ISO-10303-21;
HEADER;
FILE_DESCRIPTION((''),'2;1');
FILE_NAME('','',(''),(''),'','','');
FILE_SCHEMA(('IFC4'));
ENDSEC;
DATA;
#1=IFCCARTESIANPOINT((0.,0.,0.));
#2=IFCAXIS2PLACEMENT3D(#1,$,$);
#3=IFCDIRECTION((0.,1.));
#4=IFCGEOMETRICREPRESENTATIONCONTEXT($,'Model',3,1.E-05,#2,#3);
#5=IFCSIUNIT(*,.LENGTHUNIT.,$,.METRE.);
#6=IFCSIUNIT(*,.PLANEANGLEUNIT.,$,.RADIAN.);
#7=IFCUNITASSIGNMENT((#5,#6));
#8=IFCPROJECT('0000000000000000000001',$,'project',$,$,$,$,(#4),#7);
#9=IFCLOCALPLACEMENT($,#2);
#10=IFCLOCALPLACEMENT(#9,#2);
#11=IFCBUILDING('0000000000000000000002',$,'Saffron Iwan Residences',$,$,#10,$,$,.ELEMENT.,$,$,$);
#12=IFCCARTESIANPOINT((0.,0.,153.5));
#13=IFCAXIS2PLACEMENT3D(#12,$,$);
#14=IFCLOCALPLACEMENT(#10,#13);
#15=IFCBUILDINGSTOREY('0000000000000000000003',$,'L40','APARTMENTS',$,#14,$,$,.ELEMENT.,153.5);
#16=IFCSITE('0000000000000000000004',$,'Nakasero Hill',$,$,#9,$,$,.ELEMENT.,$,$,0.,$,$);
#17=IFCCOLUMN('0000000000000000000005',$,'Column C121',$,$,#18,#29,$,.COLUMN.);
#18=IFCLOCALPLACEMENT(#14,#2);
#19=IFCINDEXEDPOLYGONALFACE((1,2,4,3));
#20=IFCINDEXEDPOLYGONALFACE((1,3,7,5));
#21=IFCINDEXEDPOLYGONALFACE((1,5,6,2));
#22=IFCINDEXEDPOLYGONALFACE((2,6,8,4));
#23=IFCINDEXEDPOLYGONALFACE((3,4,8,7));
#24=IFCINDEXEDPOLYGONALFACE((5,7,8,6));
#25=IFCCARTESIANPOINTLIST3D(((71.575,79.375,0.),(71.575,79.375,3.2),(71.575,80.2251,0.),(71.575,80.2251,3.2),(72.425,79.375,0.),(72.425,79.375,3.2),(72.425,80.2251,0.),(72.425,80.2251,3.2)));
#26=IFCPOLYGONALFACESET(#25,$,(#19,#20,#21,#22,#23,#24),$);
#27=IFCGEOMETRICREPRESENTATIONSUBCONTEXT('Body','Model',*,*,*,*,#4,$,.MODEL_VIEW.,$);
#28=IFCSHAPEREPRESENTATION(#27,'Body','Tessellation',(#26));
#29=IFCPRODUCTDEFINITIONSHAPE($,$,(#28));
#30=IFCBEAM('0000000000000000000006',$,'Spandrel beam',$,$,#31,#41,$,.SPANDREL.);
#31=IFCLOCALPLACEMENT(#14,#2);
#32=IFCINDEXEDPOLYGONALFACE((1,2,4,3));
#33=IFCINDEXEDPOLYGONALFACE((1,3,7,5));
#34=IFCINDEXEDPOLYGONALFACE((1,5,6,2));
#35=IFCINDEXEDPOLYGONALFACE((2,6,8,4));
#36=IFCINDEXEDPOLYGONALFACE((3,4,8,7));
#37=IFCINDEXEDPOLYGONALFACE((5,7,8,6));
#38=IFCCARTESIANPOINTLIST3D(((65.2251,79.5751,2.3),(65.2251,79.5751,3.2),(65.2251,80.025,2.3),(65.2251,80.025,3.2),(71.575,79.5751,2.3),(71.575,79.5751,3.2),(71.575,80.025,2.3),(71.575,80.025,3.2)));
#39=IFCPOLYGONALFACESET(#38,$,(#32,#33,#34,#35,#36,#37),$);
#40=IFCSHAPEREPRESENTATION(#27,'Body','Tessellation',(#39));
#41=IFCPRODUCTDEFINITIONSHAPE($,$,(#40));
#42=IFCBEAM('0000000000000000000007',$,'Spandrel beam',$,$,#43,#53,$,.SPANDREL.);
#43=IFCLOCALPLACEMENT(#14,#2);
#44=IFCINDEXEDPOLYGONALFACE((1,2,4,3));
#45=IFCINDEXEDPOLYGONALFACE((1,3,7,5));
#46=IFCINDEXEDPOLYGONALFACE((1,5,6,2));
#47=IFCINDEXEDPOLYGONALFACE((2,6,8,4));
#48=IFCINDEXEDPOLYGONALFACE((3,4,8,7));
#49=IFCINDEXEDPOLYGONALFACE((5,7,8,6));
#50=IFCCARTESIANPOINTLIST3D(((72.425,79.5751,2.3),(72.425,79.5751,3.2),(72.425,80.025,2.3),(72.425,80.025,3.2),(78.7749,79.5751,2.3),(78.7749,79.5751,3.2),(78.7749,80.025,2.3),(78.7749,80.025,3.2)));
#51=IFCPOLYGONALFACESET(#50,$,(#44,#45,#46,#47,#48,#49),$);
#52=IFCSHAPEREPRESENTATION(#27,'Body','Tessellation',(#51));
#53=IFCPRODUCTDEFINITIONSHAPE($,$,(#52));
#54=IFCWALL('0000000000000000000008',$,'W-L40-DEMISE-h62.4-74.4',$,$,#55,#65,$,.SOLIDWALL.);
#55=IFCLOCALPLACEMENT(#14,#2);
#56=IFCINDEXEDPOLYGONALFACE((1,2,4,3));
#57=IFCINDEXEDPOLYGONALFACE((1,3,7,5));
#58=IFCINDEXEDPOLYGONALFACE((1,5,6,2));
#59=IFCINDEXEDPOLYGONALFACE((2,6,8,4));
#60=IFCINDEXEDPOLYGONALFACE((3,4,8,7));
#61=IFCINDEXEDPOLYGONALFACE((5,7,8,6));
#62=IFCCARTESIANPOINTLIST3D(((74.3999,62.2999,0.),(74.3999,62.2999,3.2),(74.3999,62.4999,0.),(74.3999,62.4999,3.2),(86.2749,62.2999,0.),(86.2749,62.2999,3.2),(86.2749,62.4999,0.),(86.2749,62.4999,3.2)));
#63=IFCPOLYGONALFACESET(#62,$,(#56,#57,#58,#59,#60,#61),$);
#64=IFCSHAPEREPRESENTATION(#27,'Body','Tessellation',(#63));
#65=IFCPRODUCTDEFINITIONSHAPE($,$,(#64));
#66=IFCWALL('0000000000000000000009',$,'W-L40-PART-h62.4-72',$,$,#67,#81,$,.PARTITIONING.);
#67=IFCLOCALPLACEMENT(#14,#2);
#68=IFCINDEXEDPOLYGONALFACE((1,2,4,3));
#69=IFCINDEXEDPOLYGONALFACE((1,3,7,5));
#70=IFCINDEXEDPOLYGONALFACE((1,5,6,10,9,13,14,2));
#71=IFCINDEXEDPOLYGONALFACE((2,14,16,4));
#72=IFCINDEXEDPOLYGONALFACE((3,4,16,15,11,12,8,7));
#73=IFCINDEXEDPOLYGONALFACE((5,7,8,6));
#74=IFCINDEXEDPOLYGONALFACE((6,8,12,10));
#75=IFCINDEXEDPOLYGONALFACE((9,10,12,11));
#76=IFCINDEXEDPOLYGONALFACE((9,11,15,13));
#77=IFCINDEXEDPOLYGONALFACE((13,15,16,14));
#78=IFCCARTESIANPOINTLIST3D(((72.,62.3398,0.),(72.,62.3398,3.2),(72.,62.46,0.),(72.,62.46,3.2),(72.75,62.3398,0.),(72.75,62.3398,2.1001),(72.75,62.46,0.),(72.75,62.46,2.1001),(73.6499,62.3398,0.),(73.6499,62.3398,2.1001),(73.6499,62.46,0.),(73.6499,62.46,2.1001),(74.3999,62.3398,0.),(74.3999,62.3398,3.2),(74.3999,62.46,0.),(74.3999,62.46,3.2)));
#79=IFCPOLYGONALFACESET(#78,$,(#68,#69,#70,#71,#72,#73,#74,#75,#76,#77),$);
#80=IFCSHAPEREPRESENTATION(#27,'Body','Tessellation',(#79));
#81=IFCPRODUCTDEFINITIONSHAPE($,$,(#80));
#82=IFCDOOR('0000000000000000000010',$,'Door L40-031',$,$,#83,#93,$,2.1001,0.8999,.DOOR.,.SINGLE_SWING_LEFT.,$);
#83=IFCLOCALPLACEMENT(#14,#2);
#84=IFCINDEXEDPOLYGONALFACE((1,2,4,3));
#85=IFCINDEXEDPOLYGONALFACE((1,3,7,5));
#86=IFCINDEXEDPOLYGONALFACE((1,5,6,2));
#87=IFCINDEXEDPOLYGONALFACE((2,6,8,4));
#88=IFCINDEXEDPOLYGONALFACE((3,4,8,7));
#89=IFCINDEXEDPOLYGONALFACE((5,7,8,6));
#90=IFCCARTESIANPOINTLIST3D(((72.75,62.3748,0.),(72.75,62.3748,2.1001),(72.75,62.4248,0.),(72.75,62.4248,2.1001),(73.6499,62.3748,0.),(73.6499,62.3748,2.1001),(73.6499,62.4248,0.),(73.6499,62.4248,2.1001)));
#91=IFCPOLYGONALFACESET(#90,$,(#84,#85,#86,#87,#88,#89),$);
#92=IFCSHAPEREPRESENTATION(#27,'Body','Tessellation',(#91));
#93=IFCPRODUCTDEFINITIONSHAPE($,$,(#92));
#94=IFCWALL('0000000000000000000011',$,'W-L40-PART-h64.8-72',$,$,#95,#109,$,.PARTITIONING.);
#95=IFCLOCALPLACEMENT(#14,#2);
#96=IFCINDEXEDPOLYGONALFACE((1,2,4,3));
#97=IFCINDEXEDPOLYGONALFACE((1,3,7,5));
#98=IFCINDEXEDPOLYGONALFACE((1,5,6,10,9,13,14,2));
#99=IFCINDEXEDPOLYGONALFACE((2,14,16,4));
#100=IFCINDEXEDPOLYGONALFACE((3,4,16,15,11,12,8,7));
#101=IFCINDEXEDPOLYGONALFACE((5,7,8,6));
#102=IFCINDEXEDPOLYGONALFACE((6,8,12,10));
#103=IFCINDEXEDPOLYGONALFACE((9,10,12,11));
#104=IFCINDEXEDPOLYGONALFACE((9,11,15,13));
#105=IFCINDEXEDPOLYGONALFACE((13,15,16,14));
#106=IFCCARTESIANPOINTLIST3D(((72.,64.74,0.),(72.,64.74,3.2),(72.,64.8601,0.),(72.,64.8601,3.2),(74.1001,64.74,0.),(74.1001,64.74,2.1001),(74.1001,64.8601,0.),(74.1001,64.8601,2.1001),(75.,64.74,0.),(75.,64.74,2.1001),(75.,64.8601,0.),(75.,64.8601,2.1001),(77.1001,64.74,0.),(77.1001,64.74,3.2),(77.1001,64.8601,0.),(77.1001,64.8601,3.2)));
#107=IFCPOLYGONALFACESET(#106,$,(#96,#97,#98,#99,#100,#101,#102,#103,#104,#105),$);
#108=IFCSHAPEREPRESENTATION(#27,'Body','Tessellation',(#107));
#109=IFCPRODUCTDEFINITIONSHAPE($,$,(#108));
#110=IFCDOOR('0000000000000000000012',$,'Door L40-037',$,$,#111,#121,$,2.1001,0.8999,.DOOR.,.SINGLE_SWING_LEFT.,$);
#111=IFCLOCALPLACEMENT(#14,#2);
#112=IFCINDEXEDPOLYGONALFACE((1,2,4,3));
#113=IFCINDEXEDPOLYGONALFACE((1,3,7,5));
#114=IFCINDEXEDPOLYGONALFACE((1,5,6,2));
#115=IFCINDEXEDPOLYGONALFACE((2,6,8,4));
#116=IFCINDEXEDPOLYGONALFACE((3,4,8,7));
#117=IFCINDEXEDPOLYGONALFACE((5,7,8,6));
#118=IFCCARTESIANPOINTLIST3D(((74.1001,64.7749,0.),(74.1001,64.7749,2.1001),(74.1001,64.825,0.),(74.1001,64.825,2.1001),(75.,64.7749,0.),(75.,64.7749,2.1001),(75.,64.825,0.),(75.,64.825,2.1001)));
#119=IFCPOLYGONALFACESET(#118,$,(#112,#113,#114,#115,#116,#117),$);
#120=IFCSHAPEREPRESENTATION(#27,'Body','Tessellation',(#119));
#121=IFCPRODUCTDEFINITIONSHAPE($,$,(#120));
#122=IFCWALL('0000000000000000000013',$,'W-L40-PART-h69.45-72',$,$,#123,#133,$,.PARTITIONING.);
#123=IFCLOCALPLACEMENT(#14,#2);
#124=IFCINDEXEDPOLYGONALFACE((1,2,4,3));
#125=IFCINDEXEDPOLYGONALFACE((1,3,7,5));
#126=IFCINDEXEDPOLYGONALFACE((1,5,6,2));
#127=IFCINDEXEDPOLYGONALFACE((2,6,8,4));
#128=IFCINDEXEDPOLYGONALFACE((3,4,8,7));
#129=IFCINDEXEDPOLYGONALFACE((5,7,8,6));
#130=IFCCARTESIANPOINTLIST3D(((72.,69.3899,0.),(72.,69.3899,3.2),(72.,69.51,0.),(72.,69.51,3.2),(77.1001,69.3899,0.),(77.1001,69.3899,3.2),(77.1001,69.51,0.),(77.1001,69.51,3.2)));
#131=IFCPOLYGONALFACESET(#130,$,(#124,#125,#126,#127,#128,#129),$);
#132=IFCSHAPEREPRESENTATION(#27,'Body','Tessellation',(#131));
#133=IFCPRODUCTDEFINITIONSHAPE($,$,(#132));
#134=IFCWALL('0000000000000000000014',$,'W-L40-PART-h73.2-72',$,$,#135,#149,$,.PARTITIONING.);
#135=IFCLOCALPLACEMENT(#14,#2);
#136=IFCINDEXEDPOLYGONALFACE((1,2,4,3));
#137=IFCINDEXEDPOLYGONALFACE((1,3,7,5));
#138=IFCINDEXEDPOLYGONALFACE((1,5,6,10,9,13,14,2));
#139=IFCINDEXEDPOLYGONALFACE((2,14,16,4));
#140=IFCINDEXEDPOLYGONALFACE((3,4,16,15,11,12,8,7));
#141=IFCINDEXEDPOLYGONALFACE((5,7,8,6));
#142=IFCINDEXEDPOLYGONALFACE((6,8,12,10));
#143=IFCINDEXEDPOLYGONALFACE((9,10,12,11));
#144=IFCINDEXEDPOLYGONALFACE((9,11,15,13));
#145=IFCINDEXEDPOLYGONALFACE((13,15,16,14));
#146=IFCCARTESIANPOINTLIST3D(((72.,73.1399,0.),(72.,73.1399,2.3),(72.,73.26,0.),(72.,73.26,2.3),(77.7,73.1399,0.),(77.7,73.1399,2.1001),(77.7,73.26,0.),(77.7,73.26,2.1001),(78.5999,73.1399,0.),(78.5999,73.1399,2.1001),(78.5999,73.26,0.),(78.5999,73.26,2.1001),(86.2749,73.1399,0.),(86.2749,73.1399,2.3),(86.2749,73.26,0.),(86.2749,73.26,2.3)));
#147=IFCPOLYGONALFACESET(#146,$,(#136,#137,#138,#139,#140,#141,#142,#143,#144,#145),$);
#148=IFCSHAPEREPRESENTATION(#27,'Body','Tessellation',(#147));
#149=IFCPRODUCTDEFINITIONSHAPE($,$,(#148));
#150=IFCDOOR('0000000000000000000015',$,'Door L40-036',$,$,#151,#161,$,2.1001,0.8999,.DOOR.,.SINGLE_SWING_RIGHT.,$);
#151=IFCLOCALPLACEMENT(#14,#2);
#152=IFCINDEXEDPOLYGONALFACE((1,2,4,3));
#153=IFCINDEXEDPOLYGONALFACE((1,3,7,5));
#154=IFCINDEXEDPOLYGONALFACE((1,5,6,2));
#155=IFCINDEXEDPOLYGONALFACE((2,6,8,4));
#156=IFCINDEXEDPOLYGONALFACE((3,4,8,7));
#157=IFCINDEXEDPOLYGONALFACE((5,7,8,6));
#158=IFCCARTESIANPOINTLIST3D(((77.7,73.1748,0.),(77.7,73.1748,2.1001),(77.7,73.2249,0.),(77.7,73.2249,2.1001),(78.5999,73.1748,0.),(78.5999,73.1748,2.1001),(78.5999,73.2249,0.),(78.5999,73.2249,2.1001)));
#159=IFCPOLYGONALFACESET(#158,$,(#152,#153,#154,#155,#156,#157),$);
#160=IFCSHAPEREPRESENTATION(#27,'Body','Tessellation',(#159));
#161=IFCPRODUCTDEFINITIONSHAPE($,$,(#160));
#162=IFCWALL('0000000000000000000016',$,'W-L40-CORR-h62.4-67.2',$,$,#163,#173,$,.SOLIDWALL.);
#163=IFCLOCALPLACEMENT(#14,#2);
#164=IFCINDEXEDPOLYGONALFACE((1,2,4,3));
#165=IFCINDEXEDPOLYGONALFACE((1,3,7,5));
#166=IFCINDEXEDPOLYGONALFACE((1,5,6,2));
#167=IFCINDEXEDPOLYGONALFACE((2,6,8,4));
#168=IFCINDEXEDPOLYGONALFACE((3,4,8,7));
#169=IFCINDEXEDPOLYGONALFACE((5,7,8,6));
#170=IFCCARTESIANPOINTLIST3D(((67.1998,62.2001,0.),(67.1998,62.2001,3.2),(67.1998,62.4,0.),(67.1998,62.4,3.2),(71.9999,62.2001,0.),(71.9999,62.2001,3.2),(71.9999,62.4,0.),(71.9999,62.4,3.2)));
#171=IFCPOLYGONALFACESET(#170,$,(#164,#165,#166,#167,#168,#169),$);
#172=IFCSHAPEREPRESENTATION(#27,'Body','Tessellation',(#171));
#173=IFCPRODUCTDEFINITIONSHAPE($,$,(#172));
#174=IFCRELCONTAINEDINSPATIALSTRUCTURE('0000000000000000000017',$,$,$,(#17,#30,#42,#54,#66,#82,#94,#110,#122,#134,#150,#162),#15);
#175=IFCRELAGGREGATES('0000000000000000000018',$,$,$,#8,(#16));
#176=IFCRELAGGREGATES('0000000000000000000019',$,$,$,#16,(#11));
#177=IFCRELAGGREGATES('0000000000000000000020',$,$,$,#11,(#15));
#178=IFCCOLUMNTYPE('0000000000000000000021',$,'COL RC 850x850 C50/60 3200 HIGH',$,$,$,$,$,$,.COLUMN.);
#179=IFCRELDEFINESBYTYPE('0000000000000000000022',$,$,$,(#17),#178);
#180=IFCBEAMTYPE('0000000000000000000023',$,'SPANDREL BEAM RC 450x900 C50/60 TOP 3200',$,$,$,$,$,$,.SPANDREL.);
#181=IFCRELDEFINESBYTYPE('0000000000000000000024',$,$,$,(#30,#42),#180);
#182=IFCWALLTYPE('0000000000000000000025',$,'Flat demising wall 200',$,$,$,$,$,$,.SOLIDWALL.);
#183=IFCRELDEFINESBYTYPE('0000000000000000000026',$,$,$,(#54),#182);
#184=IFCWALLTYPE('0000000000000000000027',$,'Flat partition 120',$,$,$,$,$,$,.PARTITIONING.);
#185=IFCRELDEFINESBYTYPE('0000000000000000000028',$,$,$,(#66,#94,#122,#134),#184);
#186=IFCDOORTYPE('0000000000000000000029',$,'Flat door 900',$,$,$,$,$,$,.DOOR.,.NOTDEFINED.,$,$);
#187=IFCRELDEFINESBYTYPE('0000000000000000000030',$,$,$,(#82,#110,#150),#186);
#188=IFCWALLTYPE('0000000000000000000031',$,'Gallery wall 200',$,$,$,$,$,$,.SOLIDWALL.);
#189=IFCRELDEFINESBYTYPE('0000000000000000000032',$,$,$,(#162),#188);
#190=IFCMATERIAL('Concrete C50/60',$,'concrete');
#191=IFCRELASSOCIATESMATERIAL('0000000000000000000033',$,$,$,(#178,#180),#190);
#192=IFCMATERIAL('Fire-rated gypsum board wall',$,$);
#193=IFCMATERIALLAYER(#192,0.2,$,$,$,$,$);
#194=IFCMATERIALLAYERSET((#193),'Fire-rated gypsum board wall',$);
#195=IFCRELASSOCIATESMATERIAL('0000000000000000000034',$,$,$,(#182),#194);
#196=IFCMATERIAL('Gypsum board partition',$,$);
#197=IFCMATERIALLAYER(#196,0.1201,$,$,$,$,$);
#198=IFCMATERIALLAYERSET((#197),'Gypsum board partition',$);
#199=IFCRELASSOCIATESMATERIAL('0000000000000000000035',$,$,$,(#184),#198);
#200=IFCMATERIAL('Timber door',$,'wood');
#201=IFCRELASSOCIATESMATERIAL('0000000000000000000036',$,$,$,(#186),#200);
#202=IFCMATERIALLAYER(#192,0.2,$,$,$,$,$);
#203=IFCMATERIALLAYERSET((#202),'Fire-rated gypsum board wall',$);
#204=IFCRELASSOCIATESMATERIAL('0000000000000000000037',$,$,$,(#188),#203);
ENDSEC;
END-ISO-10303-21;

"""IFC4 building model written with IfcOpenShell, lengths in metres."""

from ifc_helpers import new_model, si_unit, direction, frame, frame_2d, origin, origin_2d, place, context, subcontext, project, spatial, rectangle, extrude, source, transform, mapped, material, layer, layer_set, material_profile, profile_set, type_object, element, fill, save


model = new_model("IFC4")

# Units and contexts
model_context = context("Model", 3, precision=1e-05, world=origin(), true_north=direction((0.0, 1.0)))
body_context = subcontext(model_context, "Body", "Model", "MODEL_VIEW")
ifc_project = project(units=[si_unit("LENGTHUNIT", "METRE"), si_unit("PLANEANGLEUNIT", "RADIAN")], contexts=[model_context])

# Site, building, storey
site_placement = place(None, origin())
site = spatial("IfcSite", under=ifc_project, at=site_placement, Name="Nakasero Hill", CompositionType="ELEMENT", RefElevation=0.0)
building_placement = place(site_placement, origin())
building = spatial("IfcBuilding", under=site, at=building_placement, Name="Saffron Iwan Residences", CompositionType="ELEMENT")
storey_placement = place(building_placement, frame((0.0, 0.0, 153.5)))
storey = spatial("IfcBuildingStorey", under=building, at=storey_placement, Name="L40", Description="APARTMENTS", CompositionType="ELEMENT", Elevation=153.5)

# Column
ifc_material_1 = material(Name="Concrete C50/60", Category="concrete")
ifc_material_profile_1 = material_profile(ifc_material_1, rectangle(XDim=0.8501, YDim=0.8501, at=origin_2d()), Name="RC 850x850")
ifc_profile_set_1 = profile_set([ifc_material_profile_1], Name="Concrete C50/60")
column_type = type_object("IfcColumnType", Name="COL RC 850x850 C50/60 3200 HIGH", PredefinedType="COLUMN", material=ifc_profile_set_1)
shared_shape_1 = source(origin(), body_context, "Body", "SweptSolid", [
    extrude(rectangle(XDim=0.8501, YDim=0.8501, at=origin_2d()), origin(), (0.0, 0.0, 1.0), 3.2),
])
column_placement = place(storey_placement, frame((72.0, 79.8, 0.0), z_axis=(0.0, 0.0, 1.0), x_axis=(1.0, 0.0, 0.0)))
element("IfcColumn", 1, at=column_placement, inside=storey, type_object=column_type, Name="Column C121", PredefinedType="COLUMN", context=body_context, shape_type="MappedRepresentation", body=[
    mapped(shared_shape_1, transform((0.0, 0.0, 0.0))),
])

# Beams
ifc_material_profile_2 = material_profile(ifc_material_1, rectangle(XDim=0.45, YDim=0.8999, at=origin_2d()), Name="RC 450x900")
ifc_profile_set_2 = profile_set([ifc_material_profile_2], Name="Concrete C50/60")
beam_type = type_object("IfcBeamType", Name="SPANDREL BEAM RC 450x900 C50/60 TOP 3200", PredefinedType="SPANDREL", material=ifc_profile_set_2)
shared_shape_2 = source(origin(), body_context, "Body", "SweptSolid", [
    extrude(rectangle(XDim=0.45, YDim=0.8999, at=origin_2d()), origin(), (0.0, 0.0, 1.0), 6.3499),
])
for number, where, z_axis, x_axis, name in (
    (2, (65.2251, 79.8, 2.75), (1.0, 0.0, 0.0), (0.0, 1.0, 0.0), "Spandrel beam"),
    (3, (72.425, 79.8, 2.75), (1.0, 0.0, 0.0), (0.0, 1.0, 0.0), "Spandrel beam"),
):
    element("IfcBeam", number, at=place(storey_placement, frame(where, z_axis=z_axis, x_axis=x_axis)), inside=storey, type_object=beam_type, Name=name, PredefinedType="SPANDREL", context=body_context, shape_type="MappedRepresentation", body=[
        mapped(shared_shape_2, transform((0.0, 0.0, 0.0))),
    ])

# Wall
ifc_material_2 = material(Name="Fire-rated gypsum board wall")
ifc_layer_1 = layer(ifc_material_2, 0.2)
ifc_layer_set_1 = layer_set([ifc_layer_1], Name="Fire-rated gypsum board wall")
wall_type_1 = type_object("IfcWallType", Name="Flat demising wall 200", PredefinedType="SOLIDWALL", material=ifc_layer_set_1)
wall_1_placement = place(storey_placement, frame((74.3999, 62.3999, 0.0), z_axis=(0.0, 0.0, 1.0), x_axis=(1.0, 0.0, 0.0)))
element("IfcWall", 4, at=wall_1_placement, inside=storey, type_object=wall_type_1, Name="W-L40-DEMISE-h62.4-74.4", PredefinedType="SOLIDWALL", context=body_context, shape_type="SweptSolid", body=[
    extrude(rectangle(XDim=11.875, YDim=0.2, at=frame_2d((5.9375, 0.0))), origin(), (0.0, 0.0, 1.0), 3.2),
])

# Walls, openings, doors
ifc_material_3 = material(Name="Gypsum board partition")
ifc_layer_2 = layer(ifc_material_3, 0.1201)
ifc_layer_set_2 = layer_set([ifc_layer_2], Name="Gypsum board partition")
wall_type_2 = type_object("IfcWallType", Name="Flat partition 120", PredefinedType="PARTITIONING", material=ifc_layer_set_2)
wall_2_placement = place(storey_placement, frame((72.0, 62.3999, 0.0), z_axis=(0.0, 0.0, 1.0), x_axis=(1.0, 0.0, 0.0)))
wall_2 = element("IfcWall", 5, at=wall_2_placement, inside=storey, type_object=wall_type_2, Name="W-L40-PART-h62.4-72", PredefinedType="PARTITIONING", context=body_context, shape_type="SweptSolid", body=[
    extrude(rectangle(XDim=2.3999, YDim=0.1201, at=frame_2d((1.2, 0.0))), origin(), (0.0, 0.0, 1.0), 3.2),
])
opening_1_placement = place(wall_2_placement, frame((0.75, 0.0, 0.0)))
opening_1 = element("IfcOpeningElement", 6, at=opening_1_placement, cuts=wall_2, PredefinedType="OPENING", context=body_context, shape_type="SweptSolid", body=[
    extrude(rectangle(XDim=0.8999, YDim=2.1001, at=frame_2d((0.45, 1.05))), frame((0.0, 0.0701, 0.0), z_axis=(0.0, -1.0, 0.0), x_axis=(1.0, 0.0, 0.0)), (0.0, 0.0, 1.0), 0.1401),
])
ifc_material_4 = material(Name="Timber door", Category="wood")
door_type_1 = type_object("IfcDoorType", Name="Flat door 900", OperationType="NOTDEFINED", PredefinedType="DOOR", material=ifc_material_4)
door_1_placement = place(opening_1_placement, origin())
door_1 = element("IfcDoor", 7, at=door_1_placement, inside=storey, type_object=door_type_1, Name="Door L40-031", OperationType="SINGLE_SWING_LEFT", OverallHeight=2.1001, OverallWidth=0.8999, PredefinedType="DOOR", context=body_context, shape_type="SweptSolid", body=[
    extrude(rectangle(XDim=0.8999, YDim=2.1001, at=frame_2d((0.45, 1.05))), frame((0.0, 0.0249, 0.0), z_axis=(0.0, -1.0, 0.0), x_axis=(1.0, 0.0, 0.0)), (0.0, 0.0, 1.0), 0.05),
])
fill(opening_1, door_1)
wall_3_placement = place(storey_placement, frame((72.0, 64.8, 0.0), z_axis=(0.0, 0.0, 1.0), x_axis=(1.0, 0.0, 0.0)))
wall_3 = element("IfcWall", 8, at=wall_3_placement, inside=storey, type_object=wall_type_2, Name="W-L40-PART-h64.8-72", PredefinedType="PARTITIONING", context=body_context, shape_type="SweptSolid", body=[
    extrude(rectangle(XDim=5.1001, YDim=0.1201, at=frame_2d((2.55, 0.0))), origin(), (0.0, 0.0, 1.0), 3.2),
])
opening_2_placement = place(wall_3_placement, frame((2.1001, 0.0, 0.0)))
opening_2 = element("IfcOpeningElement", 9, at=opening_2_placement, cuts=wall_3, PredefinedType="OPENING", context=body_context, shape_type="SweptSolid", body=[
    extrude(rectangle(XDim=0.8999, YDim=2.1001, at=frame_2d((0.45, 1.05))), frame((0.0, 0.0701, 0.0), z_axis=(0.0, -1.0, 0.0), x_axis=(1.0, 0.0, 0.0)), (0.0, 0.0, 1.0), 0.1401),
])
door_2_placement = place(opening_2_placement, origin())
door_2 = element("IfcDoor", 10, at=door_2_placement, inside=storey, type_object=door_type_1, Name="Door L40-037", OperationType="SINGLE_SWING_LEFT", OverallHeight=2.1001, OverallWidth=0.8999, PredefinedType="DOOR", context=body_context, shape_type="SweptSolid", body=[
    extrude(rectangle(XDim=0.8999, YDim=2.1001, at=frame_2d((0.45, 1.05))), frame((0.0, 0.0249, 0.0), z_axis=(0.0, -1.0, 0.0), x_axis=(1.0, 0.0, 0.0)), (0.0, 0.0, 1.0), 0.05),
])
fill(opening_2, door_2)

# Wall
wall_4_placement = place(storey_placement, frame((72.0, 69.45, 0.0), z_axis=(0.0, 0.0, 1.0), x_axis=(1.0, 0.0, 0.0)))
element("IfcWall", 11, at=wall_4_placement, inside=storey, type_object=wall_type_2, Name="W-L40-PART-h69.45-72", PredefinedType="PARTITIONING", context=body_context, shape_type="SweptSolid", body=[
    extrude(rectangle(XDim=5.1001, YDim=0.1201, at=frame_2d((2.55, 0.0))), origin(), (0.0, 0.0, 1.0), 3.2),
])

# Wall, opening, door
wall_5_placement = place(storey_placement, frame((72.0, 73.2, 0.0), z_axis=(0.0, 0.0, 1.0), x_axis=(1.0, 0.0, 0.0)))
wall_5 = element("IfcWall", 12, at=wall_5_placement, inside=storey, type_object=wall_type_2, Name="W-L40-PART-h73.2-72", PredefinedType="PARTITIONING", context=body_context, shape_type="SweptSolid", body=[
    extrude(rectangle(XDim=14.2749, YDim=0.1201, at=frame_2d((7.1375, 0.0))), origin(), (0.0, 0.0, 1.0), 2.3),
])
opening_3_placement = place(wall_5_placement, frame((5.7, 0.0, 0.0)))
opening_3 = element("IfcOpeningElement", 13, at=opening_3_placement, cuts=wall_5, PredefinedType="OPENING", context=body_context, shape_type="SweptSolid", body=[
    extrude(rectangle(XDim=0.8999, YDim=2.1001, at=frame_2d((0.45, 1.05))), frame((0.0, 0.0701, 0.0), z_axis=(0.0, -1.0, 0.0), x_axis=(1.0, 0.0, 0.0)), (0.0, 0.0, 1.0), 0.1401),
])
door_3_placement = place(opening_3_placement, origin())
door_3 = element("IfcDoor", 14, at=door_3_placement, inside=storey, type_object=door_type_1, Name="Door L40-036", OperationType="SINGLE_SWING_RIGHT", OverallHeight=2.1001, OverallWidth=0.8999, PredefinedType="DOOR", context=body_context, shape_type="SweptSolid", body=[
    extrude(rectangle(XDim=0.8999, YDim=2.1001, at=frame_2d((0.45, 1.05))), frame((0.0, 0.0249, 0.0), z_axis=(0.0, -1.0, 0.0), x_axis=(1.0, 0.0, 0.0)), (0.0, 0.0, 1.0), 0.05),
])
fill(opening_3, door_3)

# Wall
ifc_layer_3 = layer(ifc_material_2, 0.2)
ifc_layer_set_3 = layer_set([ifc_layer_3], Name="Fire-rated gypsum board wall")
wall_type_3 = type_object("IfcWallType", Name="Gallery wall 200", PredefinedType="SOLIDWALL", material=ifc_layer_set_3)
wall_6_placement = place(storey_placement, frame((67.2, 62.3, 0.0), z_axis=(0.0, 0.0, 1.0), x_axis=(1.0, 0.0, 0.0)))
element("IfcWall", 15, at=wall_6_placement, inside=storey, type_object=wall_type_3, Name="W-L40-CORR-h62.4-67.2", PredefinedType="SOLIDWALL", context=body_context, shape_type="SweptSolid", body=[
    extrude(rectangle(XDim=4.8, YDim=0.2, at=frame_2d((2.3999, 0.0))), origin(), (0.0, 0.0, 1.0), 3.2),
])

save(model, "model.ifc")
